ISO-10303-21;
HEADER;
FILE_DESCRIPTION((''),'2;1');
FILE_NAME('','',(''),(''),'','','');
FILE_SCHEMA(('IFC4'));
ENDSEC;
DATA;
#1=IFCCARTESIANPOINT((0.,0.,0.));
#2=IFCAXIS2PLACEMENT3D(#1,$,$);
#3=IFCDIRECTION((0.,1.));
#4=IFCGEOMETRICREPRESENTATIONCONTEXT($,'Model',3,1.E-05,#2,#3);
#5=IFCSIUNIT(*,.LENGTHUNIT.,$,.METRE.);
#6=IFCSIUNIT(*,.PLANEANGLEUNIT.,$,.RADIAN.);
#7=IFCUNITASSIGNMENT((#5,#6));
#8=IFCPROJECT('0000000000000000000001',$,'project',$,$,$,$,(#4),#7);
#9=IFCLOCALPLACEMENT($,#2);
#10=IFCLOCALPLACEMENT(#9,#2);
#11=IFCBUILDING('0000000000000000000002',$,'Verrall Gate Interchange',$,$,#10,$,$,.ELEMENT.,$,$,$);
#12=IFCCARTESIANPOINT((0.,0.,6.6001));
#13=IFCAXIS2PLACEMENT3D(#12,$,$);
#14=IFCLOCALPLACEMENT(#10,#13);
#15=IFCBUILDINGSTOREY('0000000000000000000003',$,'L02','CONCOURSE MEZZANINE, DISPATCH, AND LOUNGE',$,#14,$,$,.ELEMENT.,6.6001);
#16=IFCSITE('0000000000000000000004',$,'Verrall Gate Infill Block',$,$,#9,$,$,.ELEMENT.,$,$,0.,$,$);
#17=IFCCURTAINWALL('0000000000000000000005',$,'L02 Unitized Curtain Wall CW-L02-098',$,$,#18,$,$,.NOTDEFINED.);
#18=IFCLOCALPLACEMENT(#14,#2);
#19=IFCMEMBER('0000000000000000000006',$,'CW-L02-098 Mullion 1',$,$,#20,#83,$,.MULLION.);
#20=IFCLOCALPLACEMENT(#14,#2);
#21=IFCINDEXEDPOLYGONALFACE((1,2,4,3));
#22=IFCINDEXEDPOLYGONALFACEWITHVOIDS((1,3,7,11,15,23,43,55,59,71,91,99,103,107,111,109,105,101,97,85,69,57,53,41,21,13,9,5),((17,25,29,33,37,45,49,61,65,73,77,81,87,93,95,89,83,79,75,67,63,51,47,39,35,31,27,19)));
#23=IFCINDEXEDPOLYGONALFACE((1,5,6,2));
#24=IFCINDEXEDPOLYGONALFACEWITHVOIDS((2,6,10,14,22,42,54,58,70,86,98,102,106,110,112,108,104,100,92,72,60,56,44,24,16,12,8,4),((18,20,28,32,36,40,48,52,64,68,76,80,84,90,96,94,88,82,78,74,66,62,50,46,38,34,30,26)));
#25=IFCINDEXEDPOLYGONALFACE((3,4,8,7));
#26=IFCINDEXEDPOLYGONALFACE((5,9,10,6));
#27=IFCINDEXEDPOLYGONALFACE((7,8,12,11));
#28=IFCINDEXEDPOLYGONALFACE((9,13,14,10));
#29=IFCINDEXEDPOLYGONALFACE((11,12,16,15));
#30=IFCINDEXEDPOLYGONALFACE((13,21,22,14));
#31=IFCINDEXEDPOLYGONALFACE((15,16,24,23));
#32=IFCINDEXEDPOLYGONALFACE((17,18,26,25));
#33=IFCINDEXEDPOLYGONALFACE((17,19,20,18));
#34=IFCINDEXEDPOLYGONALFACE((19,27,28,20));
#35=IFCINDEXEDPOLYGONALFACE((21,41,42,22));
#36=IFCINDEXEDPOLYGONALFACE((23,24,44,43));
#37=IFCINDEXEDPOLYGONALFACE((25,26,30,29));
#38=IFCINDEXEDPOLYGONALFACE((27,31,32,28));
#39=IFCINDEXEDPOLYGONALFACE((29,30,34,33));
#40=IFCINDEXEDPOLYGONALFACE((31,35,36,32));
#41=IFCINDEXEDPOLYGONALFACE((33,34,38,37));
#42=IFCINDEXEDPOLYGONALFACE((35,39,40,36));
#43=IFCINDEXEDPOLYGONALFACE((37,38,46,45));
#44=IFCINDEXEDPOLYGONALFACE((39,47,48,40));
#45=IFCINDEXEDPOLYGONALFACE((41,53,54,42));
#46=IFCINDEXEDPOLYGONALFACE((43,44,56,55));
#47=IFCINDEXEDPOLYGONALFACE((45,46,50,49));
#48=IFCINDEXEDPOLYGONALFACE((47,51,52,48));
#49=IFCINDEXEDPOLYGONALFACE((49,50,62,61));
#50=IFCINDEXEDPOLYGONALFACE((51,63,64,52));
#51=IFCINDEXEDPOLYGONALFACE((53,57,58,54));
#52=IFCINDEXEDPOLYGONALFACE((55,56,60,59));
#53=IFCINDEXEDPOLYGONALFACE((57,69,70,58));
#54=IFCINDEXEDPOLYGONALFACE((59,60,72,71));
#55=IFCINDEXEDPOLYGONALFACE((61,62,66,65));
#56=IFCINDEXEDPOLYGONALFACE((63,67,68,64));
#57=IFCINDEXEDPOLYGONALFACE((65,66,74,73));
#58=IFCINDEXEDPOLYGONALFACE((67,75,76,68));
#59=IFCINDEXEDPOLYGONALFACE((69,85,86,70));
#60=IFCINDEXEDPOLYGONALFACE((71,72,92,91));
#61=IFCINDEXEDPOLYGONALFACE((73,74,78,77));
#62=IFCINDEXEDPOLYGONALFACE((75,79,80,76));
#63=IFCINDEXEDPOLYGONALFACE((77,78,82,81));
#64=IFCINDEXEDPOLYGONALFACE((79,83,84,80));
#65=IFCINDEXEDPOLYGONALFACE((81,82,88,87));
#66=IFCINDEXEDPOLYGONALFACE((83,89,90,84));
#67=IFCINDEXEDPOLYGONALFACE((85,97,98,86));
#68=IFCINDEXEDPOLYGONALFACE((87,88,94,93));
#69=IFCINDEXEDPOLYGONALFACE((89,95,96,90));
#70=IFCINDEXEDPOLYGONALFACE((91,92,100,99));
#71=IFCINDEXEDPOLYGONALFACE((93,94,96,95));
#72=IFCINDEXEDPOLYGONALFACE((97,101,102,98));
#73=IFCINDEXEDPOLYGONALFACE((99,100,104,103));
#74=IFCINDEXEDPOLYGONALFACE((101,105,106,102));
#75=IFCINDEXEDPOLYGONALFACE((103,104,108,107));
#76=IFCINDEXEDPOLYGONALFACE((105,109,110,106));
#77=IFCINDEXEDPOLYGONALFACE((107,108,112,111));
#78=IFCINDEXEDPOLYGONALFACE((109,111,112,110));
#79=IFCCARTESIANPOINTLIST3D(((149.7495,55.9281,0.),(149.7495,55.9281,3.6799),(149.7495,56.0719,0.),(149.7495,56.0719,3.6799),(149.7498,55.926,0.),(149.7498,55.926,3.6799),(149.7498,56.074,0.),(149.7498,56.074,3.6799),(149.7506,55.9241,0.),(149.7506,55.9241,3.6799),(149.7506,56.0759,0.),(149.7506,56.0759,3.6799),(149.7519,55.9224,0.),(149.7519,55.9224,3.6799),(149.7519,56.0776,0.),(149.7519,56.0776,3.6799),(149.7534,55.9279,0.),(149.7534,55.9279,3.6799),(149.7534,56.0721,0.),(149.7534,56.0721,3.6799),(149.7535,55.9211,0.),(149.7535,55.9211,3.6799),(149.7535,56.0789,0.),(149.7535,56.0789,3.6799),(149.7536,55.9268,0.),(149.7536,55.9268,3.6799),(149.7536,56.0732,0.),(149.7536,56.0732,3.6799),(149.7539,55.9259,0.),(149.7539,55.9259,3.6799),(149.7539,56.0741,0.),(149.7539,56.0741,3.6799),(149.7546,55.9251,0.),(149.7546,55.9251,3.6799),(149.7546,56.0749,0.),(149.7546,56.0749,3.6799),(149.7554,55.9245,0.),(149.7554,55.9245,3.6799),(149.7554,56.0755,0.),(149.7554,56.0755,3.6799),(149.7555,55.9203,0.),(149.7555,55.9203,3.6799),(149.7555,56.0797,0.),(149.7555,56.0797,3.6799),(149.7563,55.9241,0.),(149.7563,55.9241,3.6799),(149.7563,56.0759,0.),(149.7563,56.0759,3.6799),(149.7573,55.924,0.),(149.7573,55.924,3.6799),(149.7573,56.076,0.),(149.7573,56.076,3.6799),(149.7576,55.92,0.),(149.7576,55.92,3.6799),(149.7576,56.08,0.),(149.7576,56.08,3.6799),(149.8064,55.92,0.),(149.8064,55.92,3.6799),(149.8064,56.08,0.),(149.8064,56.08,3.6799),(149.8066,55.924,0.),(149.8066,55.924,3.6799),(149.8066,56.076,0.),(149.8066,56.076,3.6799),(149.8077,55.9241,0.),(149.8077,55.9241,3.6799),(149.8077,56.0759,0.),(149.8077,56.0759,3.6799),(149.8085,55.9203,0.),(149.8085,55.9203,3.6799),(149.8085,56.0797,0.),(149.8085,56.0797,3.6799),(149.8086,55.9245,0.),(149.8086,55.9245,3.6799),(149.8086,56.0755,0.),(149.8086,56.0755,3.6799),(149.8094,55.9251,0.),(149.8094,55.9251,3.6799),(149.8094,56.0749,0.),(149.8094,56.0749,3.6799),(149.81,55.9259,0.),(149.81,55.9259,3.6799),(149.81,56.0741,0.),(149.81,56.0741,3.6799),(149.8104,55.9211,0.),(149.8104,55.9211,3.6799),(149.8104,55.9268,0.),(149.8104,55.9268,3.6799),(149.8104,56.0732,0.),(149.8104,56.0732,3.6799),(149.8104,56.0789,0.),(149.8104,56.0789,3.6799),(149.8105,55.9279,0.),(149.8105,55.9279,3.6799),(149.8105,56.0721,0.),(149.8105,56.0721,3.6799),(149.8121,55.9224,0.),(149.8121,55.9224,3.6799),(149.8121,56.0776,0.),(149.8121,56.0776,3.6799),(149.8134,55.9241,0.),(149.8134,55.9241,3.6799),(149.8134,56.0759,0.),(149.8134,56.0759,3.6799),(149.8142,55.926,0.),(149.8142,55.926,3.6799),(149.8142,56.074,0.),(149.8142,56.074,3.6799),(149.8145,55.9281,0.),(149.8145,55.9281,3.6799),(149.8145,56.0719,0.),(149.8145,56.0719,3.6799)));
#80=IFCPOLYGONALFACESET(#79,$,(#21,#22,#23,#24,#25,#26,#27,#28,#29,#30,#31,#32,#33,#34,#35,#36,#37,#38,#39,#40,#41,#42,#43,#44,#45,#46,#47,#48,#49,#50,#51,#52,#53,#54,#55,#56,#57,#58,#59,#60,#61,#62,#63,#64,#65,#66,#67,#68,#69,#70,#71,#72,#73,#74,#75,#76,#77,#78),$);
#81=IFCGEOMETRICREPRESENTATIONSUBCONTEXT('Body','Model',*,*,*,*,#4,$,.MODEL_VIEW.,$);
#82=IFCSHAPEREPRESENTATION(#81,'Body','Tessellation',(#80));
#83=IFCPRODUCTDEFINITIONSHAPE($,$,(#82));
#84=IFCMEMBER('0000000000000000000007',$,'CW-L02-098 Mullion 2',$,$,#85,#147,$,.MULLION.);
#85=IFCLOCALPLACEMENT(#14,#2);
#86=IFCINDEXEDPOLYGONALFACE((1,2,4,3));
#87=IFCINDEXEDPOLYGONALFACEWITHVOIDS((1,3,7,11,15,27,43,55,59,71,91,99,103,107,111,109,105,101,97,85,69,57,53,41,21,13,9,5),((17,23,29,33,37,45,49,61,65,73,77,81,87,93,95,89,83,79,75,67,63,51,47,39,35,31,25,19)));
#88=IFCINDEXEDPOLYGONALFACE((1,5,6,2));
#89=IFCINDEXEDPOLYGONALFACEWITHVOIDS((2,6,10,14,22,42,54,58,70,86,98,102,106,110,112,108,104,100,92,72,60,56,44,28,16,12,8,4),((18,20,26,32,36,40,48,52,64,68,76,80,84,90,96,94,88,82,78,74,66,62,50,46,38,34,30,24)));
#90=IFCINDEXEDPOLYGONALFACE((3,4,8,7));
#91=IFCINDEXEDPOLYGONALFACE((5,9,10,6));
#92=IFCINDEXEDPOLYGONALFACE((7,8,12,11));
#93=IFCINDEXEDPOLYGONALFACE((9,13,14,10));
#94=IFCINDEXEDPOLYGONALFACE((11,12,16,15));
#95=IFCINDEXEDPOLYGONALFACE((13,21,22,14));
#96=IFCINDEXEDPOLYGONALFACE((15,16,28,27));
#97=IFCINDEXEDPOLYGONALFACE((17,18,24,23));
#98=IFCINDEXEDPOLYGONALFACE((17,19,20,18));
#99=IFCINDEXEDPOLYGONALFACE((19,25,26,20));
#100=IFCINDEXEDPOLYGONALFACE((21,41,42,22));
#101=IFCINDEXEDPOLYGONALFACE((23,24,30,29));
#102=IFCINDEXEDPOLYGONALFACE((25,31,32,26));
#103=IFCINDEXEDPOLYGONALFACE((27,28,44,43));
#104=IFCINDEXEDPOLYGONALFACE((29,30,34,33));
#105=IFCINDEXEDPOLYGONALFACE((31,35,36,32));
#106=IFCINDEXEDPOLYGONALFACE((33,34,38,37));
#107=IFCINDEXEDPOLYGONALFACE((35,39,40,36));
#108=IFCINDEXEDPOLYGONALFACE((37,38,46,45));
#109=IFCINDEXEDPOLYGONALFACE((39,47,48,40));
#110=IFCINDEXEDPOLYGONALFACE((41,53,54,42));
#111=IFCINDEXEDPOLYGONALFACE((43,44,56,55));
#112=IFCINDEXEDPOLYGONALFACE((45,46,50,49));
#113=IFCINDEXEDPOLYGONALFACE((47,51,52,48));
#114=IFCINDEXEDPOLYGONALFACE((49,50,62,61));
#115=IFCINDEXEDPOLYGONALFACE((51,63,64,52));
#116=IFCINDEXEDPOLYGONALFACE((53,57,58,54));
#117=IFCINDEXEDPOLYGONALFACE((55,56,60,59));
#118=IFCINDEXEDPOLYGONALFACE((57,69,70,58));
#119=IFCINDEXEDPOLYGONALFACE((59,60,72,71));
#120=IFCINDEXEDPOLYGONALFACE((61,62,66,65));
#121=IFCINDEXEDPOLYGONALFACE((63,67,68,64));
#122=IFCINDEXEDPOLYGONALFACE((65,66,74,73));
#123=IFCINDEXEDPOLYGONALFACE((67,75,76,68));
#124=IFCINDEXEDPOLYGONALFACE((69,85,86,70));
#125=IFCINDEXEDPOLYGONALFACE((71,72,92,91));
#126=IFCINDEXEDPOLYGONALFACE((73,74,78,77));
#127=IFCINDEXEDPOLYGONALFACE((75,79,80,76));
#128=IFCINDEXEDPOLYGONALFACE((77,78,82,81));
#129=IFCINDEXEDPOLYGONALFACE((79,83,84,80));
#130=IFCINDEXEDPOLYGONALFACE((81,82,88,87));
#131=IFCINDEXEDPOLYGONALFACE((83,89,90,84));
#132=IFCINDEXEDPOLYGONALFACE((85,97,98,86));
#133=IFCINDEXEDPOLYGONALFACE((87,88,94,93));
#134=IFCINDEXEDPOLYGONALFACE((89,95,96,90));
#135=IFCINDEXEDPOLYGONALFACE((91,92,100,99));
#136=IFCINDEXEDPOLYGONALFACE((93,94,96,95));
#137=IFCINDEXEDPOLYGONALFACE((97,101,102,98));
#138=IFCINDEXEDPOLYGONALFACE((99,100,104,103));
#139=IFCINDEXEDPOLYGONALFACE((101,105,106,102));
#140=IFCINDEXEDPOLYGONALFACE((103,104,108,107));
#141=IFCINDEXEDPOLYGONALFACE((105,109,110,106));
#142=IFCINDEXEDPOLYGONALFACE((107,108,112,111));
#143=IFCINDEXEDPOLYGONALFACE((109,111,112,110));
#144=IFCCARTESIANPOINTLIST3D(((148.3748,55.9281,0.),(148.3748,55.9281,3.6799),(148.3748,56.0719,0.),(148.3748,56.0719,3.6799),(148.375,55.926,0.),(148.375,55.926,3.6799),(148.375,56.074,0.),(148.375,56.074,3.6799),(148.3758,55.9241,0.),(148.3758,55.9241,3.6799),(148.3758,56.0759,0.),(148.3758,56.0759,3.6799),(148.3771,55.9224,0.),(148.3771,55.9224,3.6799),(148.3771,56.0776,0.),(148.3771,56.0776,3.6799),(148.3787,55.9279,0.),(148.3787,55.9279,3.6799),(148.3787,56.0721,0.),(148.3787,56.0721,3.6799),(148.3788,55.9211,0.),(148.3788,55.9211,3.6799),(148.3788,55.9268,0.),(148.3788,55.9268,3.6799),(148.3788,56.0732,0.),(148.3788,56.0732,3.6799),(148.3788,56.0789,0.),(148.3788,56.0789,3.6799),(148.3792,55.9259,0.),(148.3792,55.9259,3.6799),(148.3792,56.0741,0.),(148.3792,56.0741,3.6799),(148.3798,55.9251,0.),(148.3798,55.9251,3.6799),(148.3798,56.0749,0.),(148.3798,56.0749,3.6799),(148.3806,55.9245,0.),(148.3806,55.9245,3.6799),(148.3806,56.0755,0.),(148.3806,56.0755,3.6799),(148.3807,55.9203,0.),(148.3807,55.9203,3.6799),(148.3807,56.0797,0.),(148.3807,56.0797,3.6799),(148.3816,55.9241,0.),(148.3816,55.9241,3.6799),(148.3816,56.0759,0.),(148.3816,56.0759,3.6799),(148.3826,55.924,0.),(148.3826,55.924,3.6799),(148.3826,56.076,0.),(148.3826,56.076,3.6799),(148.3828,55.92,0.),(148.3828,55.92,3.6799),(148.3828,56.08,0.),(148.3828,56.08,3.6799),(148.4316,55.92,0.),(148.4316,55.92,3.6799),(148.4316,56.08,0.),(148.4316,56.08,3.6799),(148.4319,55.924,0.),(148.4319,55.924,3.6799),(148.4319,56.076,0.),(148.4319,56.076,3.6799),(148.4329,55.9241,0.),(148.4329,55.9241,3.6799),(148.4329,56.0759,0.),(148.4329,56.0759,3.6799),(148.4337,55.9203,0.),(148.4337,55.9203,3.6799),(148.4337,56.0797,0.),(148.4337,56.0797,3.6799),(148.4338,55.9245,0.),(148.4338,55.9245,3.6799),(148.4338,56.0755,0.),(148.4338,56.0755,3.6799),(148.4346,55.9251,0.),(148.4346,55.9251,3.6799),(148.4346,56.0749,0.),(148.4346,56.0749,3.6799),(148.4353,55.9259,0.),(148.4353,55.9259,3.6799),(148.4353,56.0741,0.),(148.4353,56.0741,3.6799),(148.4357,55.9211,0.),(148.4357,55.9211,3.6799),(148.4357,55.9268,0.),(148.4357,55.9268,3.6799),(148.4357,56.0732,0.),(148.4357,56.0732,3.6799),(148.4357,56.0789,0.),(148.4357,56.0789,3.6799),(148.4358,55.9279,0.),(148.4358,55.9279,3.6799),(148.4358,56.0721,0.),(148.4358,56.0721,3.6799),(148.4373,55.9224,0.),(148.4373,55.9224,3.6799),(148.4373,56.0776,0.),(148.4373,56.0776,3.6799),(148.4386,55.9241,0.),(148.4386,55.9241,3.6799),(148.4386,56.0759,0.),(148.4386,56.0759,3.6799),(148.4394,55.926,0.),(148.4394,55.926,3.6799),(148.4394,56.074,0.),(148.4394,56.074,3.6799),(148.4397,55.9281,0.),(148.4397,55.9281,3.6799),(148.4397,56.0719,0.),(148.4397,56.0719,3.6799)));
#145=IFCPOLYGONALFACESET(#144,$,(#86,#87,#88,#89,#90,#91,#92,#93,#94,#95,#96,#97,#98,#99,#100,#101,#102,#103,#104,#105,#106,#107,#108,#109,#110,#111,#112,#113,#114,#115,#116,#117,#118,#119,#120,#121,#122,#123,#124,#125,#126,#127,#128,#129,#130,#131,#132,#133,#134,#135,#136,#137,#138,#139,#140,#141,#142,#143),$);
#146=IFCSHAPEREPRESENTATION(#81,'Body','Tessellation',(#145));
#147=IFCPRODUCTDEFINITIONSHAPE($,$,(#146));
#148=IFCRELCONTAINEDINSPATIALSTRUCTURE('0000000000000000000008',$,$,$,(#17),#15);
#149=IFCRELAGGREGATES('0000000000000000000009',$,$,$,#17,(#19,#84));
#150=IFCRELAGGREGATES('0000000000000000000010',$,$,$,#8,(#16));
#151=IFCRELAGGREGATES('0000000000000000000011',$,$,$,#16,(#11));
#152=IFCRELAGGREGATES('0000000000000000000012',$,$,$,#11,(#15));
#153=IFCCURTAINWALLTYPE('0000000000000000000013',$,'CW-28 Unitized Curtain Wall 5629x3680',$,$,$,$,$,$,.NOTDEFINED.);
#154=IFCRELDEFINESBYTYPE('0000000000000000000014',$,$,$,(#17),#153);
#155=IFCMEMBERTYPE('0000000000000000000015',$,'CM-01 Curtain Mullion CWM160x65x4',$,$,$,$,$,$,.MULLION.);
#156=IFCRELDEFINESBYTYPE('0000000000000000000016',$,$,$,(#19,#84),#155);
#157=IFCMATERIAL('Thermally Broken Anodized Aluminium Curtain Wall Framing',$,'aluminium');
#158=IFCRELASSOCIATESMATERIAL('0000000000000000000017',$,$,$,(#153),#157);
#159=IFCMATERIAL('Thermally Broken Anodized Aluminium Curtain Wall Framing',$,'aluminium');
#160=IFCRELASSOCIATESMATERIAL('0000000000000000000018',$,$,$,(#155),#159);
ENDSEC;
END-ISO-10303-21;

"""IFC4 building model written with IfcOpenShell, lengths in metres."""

from ifc_helpers import new_model, si_unit, direction, frame, origin, origin_2d, place, context, subcontext, project, spatial, hollow_rectangle, extrude, material, material_profile, profile_set, type_object, element, aggregate, save


model = new_model("IFC4")

# Units and contexts
model_context = context("Model", 3, precision=1e-05, world=origin(), true_north=direction((0.0, 1.0)))
body_context = subcontext(model_context, "Body", "Model", "MODEL_VIEW")
ifc_project = project(units=[si_unit("LENGTHUNIT", "METRE"), si_unit("PLANEANGLEUNIT", "RADIAN")], contexts=[model_context])

# Site, building, storey
site_placement = place(None, origin())
site = spatial("IfcSite", under=ifc_project, at=site_placement, Name="Verrall Gate Infill Block", CompositionType="ELEMENT", RefElevation=0.0)
building_placement = place(site_placement, origin())
building = spatial("IfcBuilding", under=site, at=building_placement, Name="Verrall Gate Interchange", CompositionType="ELEMENT")
storey_placement = place(building_placement, frame((0.0, 0.0, 6.6001)))
storey = spatial("IfcBuildingStorey", under=building, at=storey_placement, Name="L02", Description="CONCOURSE MEZZANINE, DISPATCH, AND LOUNGE", CompositionType="ELEMENT", Elevation=6.6001)

# Curtain wall, members
ifc_material_1 = material(Name="Thermally Broken Anodized Aluminium Curtain Wall Framing", Category="aluminium")
curtain_wall_type = type_object("IfcCurtainWallType", Name="CW-28 Unitized Curtain Wall 5629x3680", PredefinedType="NOTDEFINED", material=ifc_material_1)
curtain_wall_1_placement = place(storey_placement, origin())
curtain_wall_1 = element("IfcCurtainWall", 1, at=curtain_wall_1_placement, inside=storey, type_object=curtain_wall_type, Name="L02 Unitized Curtain Wall CW-L02-098", PredefinedType="NOTDEFINED")
ifc_material_2 = material(Name="Thermally Broken Anodized Aluminium Curtain Wall Framing", Category="aluminium")
ifc_material_profile_1 = material_profile(ifc_material_2, hollow_rectangle(XDim=0.0649, YDim=0.1599, WallThickness=0.0039, InnerFilletRadius=0.0039, OuterFilletRadius=0.0081, at=origin_2d()), Name="CWM160x65x4")
ifc_profile_set_1 = profile_set([ifc_material_profile_1], Name="Thermally Broken Anodized Aluminium Curtain Wall Framing")
member_type_1 = type_object("IfcMemberType", Name="CM-01 Curtain Mullion CWM160x65x4", PredefinedType="MULLION", material=ifc_profile_set_1)
member_1_placement = place(storey_placement, frame((149.782, 56.0, 0.0), z_axis=(0.0, 0.0, 1.0), x_axis=(-1.0, 0.0, 0.0)))
member_1 = element("IfcMember", 2, at=member_1_placement, type_object=member_type_1, Name="CW-L02-098 Mullion 1", PredefinedType="MULLION", context=body_context, shape_type="SweptSolid", body=[
    extrude(hollow_rectangle(XDim=0.0649, YDim=0.1599, WallThickness=0.0039, InnerFilletRadius=0.0039, OuterFilletRadius=0.0081, at=origin_2d()), origin(), (0.0, 0.0, 1.0), 3.6799),
])
member_2_placement = place(storey_placement, frame((148.4072, 56.0, 0.0), z_axis=(0.0, 0.0, 1.0), x_axis=(-1.0, 0.0, 0.0)))
member_2 = element("IfcMember", 3, at=member_2_placement, type_object=member_type_1, Name="CW-L02-098 Mullion 2", PredefinedType="MULLION", context=body_context, shape_type="SweptSolid", body=[
    extrude(hollow_rectangle(XDim=0.0649, YDim=0.1599, WallThickness=0.0039, InnerFilletRadius=0.0039, OuterFilletRadius=0.0081, at=origin_2d()), origin(), (0.0, 0.0, 1.0), 3.6799),
])

aggregate(curtain_wall_1, [member_1, member_2])

save(model, "model.ifc")
